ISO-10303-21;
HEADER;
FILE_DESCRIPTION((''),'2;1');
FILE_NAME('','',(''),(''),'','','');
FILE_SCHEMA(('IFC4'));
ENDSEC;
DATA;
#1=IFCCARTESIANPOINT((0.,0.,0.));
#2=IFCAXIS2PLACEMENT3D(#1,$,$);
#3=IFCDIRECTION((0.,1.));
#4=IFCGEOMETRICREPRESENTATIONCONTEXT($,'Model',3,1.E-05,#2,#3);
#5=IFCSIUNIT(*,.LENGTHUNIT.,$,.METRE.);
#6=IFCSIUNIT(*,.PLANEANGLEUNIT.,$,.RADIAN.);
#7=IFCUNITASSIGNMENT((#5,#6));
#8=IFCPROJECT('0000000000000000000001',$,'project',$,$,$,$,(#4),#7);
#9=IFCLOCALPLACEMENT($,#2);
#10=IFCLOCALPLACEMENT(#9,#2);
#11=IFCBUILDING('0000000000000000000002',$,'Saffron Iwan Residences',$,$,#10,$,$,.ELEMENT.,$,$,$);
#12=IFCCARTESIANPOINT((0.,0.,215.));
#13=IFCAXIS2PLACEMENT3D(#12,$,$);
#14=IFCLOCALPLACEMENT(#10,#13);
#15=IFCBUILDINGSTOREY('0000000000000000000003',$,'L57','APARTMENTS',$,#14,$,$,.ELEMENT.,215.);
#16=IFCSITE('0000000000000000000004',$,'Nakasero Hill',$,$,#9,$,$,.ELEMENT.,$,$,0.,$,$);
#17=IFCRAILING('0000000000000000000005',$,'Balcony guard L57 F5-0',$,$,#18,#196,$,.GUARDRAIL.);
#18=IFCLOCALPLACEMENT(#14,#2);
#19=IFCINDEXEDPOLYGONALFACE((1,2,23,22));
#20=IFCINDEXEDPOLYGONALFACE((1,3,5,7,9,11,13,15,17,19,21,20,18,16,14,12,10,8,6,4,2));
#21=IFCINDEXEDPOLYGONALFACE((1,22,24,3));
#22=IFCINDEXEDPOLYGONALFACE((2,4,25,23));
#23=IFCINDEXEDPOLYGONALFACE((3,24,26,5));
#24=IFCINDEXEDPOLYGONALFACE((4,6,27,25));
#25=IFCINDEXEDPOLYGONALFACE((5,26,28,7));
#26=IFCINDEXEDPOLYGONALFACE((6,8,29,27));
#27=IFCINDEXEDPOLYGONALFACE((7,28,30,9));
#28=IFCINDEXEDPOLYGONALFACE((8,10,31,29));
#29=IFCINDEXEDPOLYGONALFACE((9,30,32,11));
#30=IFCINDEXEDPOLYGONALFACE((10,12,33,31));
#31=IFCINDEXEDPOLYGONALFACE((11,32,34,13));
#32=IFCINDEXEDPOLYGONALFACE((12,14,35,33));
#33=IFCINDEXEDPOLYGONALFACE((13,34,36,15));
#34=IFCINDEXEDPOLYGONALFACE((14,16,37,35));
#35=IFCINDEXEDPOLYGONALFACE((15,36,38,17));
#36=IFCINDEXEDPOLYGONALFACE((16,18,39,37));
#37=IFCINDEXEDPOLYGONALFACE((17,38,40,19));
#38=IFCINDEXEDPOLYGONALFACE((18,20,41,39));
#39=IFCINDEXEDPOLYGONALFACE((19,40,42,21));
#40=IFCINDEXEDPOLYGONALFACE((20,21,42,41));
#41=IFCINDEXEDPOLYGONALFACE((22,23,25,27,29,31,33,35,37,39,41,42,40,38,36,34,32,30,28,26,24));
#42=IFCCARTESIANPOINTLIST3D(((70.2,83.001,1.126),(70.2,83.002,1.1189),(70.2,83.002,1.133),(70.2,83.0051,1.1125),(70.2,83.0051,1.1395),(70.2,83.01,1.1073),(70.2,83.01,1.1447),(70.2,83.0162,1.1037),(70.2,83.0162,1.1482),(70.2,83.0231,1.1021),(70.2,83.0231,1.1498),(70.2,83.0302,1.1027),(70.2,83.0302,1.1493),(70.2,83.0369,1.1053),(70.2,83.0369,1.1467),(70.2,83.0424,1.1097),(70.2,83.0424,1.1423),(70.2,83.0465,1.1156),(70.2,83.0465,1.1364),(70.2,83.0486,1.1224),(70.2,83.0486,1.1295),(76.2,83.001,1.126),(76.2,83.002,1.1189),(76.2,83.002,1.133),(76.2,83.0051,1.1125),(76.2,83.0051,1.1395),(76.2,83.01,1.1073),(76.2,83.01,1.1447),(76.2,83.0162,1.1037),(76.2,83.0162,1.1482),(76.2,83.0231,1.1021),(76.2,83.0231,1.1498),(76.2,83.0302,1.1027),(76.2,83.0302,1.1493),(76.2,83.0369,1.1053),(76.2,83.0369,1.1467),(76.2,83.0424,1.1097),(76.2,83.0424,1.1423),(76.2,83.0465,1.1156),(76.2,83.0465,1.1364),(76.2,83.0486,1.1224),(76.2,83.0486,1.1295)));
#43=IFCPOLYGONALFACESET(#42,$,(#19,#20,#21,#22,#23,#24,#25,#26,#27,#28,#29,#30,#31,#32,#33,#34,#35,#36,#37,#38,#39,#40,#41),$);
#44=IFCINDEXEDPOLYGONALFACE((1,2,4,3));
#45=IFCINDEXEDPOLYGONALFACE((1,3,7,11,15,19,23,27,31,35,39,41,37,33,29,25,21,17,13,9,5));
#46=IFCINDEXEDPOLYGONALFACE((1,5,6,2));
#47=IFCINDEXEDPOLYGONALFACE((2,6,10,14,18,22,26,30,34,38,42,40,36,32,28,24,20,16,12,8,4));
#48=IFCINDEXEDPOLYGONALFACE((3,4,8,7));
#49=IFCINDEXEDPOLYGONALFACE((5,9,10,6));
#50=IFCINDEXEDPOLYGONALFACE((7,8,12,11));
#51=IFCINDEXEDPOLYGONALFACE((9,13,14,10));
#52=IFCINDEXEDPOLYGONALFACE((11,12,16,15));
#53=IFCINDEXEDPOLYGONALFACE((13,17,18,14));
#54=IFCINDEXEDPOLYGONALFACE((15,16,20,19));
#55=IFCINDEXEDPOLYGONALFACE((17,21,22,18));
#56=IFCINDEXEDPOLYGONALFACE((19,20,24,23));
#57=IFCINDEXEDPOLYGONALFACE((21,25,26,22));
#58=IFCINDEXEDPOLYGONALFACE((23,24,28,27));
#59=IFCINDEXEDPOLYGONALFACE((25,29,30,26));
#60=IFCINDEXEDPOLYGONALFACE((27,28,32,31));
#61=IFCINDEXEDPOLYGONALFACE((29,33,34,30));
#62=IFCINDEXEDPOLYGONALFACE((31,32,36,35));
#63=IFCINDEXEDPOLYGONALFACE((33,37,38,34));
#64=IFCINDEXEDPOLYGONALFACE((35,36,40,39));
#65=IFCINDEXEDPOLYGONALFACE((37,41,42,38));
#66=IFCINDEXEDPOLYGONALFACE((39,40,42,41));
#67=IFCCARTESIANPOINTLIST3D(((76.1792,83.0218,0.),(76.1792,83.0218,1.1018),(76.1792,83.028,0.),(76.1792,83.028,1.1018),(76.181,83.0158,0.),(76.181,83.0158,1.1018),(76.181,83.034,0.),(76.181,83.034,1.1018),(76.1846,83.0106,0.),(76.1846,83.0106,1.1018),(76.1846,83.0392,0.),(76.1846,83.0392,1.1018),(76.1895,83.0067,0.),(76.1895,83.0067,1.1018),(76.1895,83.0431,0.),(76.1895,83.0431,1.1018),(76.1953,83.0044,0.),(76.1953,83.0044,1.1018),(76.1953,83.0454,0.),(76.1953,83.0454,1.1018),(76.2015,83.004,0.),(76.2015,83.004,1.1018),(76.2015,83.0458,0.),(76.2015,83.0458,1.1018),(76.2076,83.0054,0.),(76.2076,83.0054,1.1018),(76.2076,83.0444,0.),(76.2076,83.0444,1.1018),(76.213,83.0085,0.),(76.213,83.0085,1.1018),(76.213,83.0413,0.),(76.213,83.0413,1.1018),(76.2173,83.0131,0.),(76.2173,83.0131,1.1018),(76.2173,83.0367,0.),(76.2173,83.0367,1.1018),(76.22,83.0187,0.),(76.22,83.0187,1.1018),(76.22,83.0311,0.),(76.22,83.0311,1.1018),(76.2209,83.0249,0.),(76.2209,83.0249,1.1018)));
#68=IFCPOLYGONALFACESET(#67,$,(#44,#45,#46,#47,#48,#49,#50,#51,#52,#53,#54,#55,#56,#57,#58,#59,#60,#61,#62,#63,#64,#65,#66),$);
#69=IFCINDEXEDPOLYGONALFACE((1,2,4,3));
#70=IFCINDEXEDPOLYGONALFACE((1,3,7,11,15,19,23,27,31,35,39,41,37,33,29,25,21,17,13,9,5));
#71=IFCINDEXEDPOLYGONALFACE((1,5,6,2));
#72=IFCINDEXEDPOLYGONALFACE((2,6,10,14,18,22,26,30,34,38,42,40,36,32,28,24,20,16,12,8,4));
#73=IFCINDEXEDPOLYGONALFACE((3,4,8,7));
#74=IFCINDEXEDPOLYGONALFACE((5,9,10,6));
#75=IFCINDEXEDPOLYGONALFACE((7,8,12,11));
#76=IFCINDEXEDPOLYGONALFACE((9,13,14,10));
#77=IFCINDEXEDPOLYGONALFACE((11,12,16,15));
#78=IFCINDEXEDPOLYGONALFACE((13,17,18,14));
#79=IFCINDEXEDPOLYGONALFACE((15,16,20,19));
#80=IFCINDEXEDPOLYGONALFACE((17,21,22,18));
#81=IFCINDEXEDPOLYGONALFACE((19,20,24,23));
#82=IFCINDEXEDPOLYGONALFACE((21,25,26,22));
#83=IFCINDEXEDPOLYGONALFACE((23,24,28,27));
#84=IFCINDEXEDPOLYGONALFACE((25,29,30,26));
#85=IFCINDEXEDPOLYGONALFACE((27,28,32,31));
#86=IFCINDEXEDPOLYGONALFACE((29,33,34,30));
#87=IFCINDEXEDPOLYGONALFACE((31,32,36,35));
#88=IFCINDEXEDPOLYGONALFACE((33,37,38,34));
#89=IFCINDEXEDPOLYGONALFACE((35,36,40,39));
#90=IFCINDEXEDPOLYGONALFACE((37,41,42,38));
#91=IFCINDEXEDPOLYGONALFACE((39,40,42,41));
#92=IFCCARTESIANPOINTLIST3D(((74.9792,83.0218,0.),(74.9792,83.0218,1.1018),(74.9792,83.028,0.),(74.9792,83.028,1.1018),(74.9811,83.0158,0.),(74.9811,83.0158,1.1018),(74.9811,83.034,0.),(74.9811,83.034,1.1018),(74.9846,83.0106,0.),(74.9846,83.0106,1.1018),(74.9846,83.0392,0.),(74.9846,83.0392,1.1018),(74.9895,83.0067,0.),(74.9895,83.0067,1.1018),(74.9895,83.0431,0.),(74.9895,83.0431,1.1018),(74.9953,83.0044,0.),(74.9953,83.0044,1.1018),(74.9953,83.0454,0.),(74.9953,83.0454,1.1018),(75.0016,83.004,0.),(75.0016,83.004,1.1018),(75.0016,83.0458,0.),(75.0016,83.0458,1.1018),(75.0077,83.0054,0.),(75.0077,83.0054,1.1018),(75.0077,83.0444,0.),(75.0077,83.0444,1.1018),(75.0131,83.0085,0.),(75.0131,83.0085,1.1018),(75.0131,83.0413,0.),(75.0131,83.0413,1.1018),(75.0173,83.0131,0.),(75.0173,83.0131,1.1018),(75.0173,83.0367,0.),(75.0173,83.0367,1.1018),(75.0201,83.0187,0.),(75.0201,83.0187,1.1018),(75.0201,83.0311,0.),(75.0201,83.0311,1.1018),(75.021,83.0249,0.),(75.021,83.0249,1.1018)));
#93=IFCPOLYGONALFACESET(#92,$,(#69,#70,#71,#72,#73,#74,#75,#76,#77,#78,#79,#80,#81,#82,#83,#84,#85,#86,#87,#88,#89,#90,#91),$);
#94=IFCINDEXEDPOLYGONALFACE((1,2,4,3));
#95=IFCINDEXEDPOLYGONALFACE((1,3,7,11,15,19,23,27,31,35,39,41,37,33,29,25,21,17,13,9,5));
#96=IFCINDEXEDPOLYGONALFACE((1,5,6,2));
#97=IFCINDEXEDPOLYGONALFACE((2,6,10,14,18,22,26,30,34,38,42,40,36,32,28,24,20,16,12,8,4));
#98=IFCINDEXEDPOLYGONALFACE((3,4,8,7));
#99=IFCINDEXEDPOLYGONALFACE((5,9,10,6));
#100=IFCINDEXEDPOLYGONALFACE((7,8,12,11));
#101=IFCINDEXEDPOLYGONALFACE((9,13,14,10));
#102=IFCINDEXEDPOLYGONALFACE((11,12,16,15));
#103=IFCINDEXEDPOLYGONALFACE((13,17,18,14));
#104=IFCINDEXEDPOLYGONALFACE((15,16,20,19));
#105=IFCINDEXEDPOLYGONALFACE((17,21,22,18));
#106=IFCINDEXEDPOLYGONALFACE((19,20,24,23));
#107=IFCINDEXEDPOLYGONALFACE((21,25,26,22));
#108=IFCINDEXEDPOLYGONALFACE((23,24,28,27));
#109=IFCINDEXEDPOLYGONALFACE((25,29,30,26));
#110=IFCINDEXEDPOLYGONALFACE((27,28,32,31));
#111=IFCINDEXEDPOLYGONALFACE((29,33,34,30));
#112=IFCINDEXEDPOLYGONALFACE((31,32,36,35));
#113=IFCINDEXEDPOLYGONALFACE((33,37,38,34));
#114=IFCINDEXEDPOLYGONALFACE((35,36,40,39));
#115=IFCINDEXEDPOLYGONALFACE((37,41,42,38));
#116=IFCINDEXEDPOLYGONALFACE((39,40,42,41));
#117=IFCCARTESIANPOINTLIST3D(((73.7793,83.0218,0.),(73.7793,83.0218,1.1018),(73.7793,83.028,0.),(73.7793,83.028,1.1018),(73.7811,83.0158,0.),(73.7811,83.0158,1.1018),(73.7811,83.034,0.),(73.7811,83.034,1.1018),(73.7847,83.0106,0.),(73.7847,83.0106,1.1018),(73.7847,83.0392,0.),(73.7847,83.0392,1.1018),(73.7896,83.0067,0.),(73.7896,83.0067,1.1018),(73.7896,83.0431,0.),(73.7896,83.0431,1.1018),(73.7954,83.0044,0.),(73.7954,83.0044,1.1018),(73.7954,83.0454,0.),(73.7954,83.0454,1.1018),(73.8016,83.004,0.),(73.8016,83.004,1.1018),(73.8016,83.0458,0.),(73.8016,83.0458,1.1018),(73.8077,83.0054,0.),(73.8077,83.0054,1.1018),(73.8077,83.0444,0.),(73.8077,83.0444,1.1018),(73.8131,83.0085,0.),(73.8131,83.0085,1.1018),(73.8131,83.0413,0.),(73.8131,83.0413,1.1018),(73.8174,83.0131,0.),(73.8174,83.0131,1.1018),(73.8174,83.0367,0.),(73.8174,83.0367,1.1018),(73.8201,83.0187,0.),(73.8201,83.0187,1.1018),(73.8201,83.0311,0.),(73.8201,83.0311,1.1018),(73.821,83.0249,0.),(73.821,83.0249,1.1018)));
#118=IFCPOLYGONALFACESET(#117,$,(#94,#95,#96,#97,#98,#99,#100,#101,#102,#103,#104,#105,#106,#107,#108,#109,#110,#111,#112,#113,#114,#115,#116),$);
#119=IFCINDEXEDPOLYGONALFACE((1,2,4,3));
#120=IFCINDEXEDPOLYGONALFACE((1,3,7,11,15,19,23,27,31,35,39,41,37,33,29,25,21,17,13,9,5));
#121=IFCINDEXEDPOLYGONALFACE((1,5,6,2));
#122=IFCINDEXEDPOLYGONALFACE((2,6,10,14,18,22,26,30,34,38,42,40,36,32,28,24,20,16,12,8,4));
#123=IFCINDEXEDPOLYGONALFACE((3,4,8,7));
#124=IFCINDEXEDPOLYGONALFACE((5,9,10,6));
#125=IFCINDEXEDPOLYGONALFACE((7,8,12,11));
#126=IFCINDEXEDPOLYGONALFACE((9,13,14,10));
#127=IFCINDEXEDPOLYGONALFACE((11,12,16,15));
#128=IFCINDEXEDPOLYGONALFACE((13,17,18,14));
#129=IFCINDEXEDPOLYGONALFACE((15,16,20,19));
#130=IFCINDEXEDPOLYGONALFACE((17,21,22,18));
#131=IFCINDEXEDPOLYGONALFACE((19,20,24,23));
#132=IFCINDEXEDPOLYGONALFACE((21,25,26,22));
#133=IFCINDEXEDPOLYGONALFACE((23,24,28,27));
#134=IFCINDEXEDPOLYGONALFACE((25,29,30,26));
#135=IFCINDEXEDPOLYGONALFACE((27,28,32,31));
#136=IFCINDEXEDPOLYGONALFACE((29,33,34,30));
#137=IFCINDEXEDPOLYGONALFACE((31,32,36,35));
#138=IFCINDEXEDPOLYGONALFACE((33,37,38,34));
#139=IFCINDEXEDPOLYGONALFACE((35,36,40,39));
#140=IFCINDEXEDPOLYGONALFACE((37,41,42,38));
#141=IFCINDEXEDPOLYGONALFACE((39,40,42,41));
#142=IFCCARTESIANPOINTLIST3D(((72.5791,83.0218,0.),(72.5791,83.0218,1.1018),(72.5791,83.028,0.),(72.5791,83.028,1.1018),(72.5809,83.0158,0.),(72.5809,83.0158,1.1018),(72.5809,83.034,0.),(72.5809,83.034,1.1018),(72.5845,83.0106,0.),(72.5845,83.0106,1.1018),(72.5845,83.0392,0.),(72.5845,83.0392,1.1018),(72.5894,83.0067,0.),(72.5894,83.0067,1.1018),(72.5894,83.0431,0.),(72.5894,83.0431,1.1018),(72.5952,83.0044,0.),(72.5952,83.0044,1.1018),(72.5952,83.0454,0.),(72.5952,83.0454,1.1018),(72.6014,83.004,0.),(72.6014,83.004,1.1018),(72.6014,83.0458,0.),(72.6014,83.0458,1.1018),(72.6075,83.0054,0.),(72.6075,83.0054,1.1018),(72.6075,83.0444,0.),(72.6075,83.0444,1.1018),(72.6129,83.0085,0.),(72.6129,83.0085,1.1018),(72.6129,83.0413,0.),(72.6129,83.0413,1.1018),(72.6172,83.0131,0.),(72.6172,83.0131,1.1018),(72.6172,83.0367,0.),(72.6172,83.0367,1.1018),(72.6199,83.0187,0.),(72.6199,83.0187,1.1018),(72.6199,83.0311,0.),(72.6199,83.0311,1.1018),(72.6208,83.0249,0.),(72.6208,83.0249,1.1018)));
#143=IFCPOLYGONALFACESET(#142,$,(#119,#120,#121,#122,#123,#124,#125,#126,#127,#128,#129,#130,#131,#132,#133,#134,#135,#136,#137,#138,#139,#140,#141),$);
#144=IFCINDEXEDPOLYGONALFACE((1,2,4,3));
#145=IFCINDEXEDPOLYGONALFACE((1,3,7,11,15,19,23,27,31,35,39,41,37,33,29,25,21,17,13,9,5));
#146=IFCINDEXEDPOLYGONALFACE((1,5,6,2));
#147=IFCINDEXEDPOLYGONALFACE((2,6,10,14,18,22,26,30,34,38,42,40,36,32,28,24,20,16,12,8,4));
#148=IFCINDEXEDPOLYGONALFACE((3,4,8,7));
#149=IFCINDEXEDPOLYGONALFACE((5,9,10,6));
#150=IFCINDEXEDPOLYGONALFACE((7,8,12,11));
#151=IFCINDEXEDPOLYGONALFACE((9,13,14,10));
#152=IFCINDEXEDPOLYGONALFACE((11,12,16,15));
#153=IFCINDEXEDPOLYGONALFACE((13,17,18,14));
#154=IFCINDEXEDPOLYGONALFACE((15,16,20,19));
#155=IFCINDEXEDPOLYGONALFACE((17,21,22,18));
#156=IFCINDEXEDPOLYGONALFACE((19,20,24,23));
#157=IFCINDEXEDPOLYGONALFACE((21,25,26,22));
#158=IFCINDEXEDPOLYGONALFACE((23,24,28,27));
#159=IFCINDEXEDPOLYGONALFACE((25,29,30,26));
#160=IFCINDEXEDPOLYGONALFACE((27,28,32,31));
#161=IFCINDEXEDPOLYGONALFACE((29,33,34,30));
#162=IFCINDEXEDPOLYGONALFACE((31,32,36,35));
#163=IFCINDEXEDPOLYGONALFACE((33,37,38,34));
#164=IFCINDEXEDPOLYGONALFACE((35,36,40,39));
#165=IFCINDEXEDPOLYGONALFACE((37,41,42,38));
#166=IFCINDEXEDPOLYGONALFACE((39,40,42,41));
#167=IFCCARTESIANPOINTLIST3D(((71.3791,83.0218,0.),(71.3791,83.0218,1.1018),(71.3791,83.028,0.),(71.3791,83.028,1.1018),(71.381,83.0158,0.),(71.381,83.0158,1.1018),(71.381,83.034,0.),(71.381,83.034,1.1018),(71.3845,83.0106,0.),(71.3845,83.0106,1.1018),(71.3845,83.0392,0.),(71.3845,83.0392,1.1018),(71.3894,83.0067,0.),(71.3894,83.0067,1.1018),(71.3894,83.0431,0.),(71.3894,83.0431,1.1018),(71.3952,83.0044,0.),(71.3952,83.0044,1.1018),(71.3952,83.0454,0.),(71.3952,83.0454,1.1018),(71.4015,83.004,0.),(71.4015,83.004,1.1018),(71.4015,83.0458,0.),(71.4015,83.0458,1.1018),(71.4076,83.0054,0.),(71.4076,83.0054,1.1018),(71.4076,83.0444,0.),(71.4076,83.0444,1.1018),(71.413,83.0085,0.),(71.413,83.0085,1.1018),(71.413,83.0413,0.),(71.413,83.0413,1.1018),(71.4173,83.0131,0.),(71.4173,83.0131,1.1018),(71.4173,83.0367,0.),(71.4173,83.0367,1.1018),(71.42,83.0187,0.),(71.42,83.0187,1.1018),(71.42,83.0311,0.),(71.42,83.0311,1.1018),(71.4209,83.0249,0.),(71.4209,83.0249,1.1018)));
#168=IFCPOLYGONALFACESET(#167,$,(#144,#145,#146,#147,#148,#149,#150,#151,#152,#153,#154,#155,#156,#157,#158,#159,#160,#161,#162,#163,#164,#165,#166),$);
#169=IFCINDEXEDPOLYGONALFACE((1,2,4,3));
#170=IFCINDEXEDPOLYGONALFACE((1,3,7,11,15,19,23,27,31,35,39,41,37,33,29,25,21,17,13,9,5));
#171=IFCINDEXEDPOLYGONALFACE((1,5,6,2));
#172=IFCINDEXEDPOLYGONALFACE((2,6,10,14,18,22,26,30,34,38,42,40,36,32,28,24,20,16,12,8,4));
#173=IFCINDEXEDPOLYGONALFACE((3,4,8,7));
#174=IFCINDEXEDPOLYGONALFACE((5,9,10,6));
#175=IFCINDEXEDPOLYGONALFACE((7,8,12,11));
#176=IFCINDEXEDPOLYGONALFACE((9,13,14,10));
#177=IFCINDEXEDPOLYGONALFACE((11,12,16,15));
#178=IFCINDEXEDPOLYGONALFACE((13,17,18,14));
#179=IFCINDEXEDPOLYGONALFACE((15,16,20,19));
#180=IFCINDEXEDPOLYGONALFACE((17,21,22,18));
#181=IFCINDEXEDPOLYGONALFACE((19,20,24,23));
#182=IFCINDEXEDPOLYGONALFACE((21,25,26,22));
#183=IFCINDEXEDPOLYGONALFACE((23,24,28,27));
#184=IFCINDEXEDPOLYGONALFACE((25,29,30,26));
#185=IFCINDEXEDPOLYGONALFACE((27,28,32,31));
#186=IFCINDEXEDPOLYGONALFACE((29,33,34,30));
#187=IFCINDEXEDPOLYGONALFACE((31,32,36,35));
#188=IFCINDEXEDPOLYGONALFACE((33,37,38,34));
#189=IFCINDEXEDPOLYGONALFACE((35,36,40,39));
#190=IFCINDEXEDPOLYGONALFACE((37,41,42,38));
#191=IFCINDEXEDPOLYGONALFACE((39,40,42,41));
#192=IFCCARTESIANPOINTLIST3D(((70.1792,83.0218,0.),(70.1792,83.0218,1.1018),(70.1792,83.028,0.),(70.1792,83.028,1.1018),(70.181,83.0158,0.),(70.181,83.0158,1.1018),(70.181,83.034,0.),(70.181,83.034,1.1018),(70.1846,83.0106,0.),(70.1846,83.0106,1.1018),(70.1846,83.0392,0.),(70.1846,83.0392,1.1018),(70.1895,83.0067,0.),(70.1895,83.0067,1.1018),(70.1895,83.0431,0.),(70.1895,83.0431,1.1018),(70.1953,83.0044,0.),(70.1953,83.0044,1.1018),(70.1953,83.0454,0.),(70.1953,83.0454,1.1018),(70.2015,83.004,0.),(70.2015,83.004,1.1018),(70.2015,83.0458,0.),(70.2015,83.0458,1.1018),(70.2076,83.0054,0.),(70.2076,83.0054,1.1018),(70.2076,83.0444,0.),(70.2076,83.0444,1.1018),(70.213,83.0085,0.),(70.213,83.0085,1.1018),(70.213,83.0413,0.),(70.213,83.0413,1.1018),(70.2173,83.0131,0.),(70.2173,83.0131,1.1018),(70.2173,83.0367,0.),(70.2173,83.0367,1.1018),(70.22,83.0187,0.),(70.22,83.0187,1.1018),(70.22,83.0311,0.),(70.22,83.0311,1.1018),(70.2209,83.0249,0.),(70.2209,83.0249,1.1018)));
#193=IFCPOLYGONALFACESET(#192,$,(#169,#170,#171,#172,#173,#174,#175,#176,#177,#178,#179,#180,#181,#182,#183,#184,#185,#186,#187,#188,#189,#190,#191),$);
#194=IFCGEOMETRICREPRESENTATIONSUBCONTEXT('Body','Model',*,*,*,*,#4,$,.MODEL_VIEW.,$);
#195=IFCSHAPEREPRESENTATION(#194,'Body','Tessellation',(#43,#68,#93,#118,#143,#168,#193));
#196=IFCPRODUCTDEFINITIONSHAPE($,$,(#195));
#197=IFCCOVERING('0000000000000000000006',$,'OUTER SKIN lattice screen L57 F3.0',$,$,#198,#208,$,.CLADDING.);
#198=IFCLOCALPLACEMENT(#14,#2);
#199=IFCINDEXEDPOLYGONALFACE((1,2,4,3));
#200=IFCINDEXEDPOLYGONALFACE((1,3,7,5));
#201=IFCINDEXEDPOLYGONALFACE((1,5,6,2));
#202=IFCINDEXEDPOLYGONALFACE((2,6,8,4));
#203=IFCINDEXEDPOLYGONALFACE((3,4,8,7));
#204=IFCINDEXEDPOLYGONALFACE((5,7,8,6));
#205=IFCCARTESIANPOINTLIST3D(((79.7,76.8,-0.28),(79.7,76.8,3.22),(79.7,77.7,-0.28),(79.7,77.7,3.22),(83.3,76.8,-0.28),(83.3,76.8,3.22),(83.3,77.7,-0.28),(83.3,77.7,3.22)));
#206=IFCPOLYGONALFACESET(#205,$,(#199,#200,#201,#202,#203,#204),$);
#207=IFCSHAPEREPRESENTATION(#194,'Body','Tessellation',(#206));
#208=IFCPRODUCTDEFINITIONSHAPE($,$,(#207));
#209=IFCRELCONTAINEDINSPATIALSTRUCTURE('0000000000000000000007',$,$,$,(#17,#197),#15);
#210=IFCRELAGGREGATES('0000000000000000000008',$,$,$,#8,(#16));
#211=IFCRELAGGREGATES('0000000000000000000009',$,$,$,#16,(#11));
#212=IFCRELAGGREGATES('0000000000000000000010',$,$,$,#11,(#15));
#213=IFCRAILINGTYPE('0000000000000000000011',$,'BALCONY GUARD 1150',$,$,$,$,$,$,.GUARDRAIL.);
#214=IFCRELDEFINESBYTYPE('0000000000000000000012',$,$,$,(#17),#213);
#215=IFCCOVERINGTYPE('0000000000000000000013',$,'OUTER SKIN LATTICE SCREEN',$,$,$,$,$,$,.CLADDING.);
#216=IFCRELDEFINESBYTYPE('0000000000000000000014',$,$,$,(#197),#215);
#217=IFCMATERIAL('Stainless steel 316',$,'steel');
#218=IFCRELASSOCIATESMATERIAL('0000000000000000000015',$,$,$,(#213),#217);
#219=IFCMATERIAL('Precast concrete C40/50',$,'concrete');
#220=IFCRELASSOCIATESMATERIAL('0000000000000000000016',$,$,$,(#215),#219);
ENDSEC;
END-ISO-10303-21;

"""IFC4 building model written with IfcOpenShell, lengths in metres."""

from ifc_helpers import new_model, si_unit, direction, frame, origin, origin_2d, place, context, subcontext, project, spatial, polyline, circle, outline, extrude, material, type_object, element, save


model = new_model("IFC4")

# Units and contexts
model_context = context("Model", 3, precision=1e-05, world=origin(), true_north=direction((0.0, 1.0)))
body_context = subcontext(model_context, "Body", "Model", "MODEL_VIEW")
ifc_project = project(units=[si_unit("LENGTHUNIT", "METRE"), si_unit("PLANEANGLEUNIT", "RADIAN")], contexts=[model_context])

# Site, building, storey
site_placement = place(None, origin())
site = spatial("IfcSite", under=ifc_project, at=site_placement, Name="Nakasero Hill", CompositionType="ELEMENT", RefElevation=0.0)
building_placement = place(site_placement, origin())
building = spatial("IfcBuilding", under=site, at=building_placement, Name="Saffron Iwan Residences", CompositionType="ELEMENT")
storey_placement = place(building_placement, frame((0.0, 0.0, 215.0)))
storey = spatial("IfcBuildingStorey", under=building, at=storey_placement, Name="L57", Description="APARTMENTS", CompositionType="ELEMENT", Elevation=215.0)

# Railing
ifc_material_1 = material(Name="Stainless steel 316", Category="steel")
railing_type = type_object("IfcRailingType", Name="BALCONY GUARD 1150", PredefinedType="GUARDRAIL", material=ifc_material_1)
railing_placement = place(storey_placement, frame((76.2, 83.0249, 0.0)))
element("IfcRailing", 1, at=railing_placement, inside=storey, type_object=railing_type, Name="Balcony guard L57 F5-0", PredefinedType="GUARDRAIL", context=body_context, shape_type="SweptSolid", body=[
    extrude(circle(Radius=0.0239, at=origin_2d()), frame((0.0, 0.0, 1.126), z_axis=(-1.0, 0.0, 0.0), x_axis=(0.0, -1.0, 0.0)), (0.0, 0.0, 1.0), 6.0),
    extrude(circle(Radius=0.021, at=origin_2d()), origin(), (0.0, 0.0, 1.0), 1.1018),
    extrude(circle(Radius=0.021, at=origin_2d()), frame((-1.2, 0.0, 0.0)), (0.0, 0.0, 1.0), 1.1018),
    extrude(circle(Radius=0.021, at=origin_2d()), frame((-2.3999, 0.0, 0.0)), (0.0, 0.0, 1.0), 1.1018),
    extrude(circle(Radius=0.021, at=origin_2d()), frame((-3.6001, 0.0, 0.0)), (0.0, 0.0, 1.0), 1.1018),
    extrude(circle(Radius=0.021, at=origin_2d()), frame((-4.8, 0.0, 0.0)), (0.0, 0.0, 1.0), 1.1018),
    extrude(circle(Radius=0.021, at=origin_2d()), frame((-6.0, 0.0, 0.0)), (0.0, 0.0, 1.0), 1.1018),
])

# Covering
ifc_material_2 = material(Name="Precast concrete C40/50", Category="concrete")
covering_type_1 = type_object("IfcCoveringType", Name="OUTER SKIN LATTICE SCREEN", PredefinedType="CLADDING", material=ifc_material_2)
covering_1_placement = place(storey_placement, frame((83.3, 76.8, -0.28), z_axis=(0.0, 1.0, 0.0), x_axis=(-1.0, 0.0, 0.0)))
element("IfcCovering", 2, at=covering_1_placement, inside=storey, type_object=covering_type_1, Name="OUTER SKIN lattice screen L57 F3.0", PredefinedType="CLADDING", context=body_context, shape_type="SweptSolid", body=[
    extrude(outline(polyline([(0.0, 0.0), (3.6001, 0.0), (3.6001, 3.5), (0.0, 3.5), (0.0, 0.0)])), origin(), (0.0, 0.0, 1.0), 0.8999),
])

save(model, "model.ifc")
